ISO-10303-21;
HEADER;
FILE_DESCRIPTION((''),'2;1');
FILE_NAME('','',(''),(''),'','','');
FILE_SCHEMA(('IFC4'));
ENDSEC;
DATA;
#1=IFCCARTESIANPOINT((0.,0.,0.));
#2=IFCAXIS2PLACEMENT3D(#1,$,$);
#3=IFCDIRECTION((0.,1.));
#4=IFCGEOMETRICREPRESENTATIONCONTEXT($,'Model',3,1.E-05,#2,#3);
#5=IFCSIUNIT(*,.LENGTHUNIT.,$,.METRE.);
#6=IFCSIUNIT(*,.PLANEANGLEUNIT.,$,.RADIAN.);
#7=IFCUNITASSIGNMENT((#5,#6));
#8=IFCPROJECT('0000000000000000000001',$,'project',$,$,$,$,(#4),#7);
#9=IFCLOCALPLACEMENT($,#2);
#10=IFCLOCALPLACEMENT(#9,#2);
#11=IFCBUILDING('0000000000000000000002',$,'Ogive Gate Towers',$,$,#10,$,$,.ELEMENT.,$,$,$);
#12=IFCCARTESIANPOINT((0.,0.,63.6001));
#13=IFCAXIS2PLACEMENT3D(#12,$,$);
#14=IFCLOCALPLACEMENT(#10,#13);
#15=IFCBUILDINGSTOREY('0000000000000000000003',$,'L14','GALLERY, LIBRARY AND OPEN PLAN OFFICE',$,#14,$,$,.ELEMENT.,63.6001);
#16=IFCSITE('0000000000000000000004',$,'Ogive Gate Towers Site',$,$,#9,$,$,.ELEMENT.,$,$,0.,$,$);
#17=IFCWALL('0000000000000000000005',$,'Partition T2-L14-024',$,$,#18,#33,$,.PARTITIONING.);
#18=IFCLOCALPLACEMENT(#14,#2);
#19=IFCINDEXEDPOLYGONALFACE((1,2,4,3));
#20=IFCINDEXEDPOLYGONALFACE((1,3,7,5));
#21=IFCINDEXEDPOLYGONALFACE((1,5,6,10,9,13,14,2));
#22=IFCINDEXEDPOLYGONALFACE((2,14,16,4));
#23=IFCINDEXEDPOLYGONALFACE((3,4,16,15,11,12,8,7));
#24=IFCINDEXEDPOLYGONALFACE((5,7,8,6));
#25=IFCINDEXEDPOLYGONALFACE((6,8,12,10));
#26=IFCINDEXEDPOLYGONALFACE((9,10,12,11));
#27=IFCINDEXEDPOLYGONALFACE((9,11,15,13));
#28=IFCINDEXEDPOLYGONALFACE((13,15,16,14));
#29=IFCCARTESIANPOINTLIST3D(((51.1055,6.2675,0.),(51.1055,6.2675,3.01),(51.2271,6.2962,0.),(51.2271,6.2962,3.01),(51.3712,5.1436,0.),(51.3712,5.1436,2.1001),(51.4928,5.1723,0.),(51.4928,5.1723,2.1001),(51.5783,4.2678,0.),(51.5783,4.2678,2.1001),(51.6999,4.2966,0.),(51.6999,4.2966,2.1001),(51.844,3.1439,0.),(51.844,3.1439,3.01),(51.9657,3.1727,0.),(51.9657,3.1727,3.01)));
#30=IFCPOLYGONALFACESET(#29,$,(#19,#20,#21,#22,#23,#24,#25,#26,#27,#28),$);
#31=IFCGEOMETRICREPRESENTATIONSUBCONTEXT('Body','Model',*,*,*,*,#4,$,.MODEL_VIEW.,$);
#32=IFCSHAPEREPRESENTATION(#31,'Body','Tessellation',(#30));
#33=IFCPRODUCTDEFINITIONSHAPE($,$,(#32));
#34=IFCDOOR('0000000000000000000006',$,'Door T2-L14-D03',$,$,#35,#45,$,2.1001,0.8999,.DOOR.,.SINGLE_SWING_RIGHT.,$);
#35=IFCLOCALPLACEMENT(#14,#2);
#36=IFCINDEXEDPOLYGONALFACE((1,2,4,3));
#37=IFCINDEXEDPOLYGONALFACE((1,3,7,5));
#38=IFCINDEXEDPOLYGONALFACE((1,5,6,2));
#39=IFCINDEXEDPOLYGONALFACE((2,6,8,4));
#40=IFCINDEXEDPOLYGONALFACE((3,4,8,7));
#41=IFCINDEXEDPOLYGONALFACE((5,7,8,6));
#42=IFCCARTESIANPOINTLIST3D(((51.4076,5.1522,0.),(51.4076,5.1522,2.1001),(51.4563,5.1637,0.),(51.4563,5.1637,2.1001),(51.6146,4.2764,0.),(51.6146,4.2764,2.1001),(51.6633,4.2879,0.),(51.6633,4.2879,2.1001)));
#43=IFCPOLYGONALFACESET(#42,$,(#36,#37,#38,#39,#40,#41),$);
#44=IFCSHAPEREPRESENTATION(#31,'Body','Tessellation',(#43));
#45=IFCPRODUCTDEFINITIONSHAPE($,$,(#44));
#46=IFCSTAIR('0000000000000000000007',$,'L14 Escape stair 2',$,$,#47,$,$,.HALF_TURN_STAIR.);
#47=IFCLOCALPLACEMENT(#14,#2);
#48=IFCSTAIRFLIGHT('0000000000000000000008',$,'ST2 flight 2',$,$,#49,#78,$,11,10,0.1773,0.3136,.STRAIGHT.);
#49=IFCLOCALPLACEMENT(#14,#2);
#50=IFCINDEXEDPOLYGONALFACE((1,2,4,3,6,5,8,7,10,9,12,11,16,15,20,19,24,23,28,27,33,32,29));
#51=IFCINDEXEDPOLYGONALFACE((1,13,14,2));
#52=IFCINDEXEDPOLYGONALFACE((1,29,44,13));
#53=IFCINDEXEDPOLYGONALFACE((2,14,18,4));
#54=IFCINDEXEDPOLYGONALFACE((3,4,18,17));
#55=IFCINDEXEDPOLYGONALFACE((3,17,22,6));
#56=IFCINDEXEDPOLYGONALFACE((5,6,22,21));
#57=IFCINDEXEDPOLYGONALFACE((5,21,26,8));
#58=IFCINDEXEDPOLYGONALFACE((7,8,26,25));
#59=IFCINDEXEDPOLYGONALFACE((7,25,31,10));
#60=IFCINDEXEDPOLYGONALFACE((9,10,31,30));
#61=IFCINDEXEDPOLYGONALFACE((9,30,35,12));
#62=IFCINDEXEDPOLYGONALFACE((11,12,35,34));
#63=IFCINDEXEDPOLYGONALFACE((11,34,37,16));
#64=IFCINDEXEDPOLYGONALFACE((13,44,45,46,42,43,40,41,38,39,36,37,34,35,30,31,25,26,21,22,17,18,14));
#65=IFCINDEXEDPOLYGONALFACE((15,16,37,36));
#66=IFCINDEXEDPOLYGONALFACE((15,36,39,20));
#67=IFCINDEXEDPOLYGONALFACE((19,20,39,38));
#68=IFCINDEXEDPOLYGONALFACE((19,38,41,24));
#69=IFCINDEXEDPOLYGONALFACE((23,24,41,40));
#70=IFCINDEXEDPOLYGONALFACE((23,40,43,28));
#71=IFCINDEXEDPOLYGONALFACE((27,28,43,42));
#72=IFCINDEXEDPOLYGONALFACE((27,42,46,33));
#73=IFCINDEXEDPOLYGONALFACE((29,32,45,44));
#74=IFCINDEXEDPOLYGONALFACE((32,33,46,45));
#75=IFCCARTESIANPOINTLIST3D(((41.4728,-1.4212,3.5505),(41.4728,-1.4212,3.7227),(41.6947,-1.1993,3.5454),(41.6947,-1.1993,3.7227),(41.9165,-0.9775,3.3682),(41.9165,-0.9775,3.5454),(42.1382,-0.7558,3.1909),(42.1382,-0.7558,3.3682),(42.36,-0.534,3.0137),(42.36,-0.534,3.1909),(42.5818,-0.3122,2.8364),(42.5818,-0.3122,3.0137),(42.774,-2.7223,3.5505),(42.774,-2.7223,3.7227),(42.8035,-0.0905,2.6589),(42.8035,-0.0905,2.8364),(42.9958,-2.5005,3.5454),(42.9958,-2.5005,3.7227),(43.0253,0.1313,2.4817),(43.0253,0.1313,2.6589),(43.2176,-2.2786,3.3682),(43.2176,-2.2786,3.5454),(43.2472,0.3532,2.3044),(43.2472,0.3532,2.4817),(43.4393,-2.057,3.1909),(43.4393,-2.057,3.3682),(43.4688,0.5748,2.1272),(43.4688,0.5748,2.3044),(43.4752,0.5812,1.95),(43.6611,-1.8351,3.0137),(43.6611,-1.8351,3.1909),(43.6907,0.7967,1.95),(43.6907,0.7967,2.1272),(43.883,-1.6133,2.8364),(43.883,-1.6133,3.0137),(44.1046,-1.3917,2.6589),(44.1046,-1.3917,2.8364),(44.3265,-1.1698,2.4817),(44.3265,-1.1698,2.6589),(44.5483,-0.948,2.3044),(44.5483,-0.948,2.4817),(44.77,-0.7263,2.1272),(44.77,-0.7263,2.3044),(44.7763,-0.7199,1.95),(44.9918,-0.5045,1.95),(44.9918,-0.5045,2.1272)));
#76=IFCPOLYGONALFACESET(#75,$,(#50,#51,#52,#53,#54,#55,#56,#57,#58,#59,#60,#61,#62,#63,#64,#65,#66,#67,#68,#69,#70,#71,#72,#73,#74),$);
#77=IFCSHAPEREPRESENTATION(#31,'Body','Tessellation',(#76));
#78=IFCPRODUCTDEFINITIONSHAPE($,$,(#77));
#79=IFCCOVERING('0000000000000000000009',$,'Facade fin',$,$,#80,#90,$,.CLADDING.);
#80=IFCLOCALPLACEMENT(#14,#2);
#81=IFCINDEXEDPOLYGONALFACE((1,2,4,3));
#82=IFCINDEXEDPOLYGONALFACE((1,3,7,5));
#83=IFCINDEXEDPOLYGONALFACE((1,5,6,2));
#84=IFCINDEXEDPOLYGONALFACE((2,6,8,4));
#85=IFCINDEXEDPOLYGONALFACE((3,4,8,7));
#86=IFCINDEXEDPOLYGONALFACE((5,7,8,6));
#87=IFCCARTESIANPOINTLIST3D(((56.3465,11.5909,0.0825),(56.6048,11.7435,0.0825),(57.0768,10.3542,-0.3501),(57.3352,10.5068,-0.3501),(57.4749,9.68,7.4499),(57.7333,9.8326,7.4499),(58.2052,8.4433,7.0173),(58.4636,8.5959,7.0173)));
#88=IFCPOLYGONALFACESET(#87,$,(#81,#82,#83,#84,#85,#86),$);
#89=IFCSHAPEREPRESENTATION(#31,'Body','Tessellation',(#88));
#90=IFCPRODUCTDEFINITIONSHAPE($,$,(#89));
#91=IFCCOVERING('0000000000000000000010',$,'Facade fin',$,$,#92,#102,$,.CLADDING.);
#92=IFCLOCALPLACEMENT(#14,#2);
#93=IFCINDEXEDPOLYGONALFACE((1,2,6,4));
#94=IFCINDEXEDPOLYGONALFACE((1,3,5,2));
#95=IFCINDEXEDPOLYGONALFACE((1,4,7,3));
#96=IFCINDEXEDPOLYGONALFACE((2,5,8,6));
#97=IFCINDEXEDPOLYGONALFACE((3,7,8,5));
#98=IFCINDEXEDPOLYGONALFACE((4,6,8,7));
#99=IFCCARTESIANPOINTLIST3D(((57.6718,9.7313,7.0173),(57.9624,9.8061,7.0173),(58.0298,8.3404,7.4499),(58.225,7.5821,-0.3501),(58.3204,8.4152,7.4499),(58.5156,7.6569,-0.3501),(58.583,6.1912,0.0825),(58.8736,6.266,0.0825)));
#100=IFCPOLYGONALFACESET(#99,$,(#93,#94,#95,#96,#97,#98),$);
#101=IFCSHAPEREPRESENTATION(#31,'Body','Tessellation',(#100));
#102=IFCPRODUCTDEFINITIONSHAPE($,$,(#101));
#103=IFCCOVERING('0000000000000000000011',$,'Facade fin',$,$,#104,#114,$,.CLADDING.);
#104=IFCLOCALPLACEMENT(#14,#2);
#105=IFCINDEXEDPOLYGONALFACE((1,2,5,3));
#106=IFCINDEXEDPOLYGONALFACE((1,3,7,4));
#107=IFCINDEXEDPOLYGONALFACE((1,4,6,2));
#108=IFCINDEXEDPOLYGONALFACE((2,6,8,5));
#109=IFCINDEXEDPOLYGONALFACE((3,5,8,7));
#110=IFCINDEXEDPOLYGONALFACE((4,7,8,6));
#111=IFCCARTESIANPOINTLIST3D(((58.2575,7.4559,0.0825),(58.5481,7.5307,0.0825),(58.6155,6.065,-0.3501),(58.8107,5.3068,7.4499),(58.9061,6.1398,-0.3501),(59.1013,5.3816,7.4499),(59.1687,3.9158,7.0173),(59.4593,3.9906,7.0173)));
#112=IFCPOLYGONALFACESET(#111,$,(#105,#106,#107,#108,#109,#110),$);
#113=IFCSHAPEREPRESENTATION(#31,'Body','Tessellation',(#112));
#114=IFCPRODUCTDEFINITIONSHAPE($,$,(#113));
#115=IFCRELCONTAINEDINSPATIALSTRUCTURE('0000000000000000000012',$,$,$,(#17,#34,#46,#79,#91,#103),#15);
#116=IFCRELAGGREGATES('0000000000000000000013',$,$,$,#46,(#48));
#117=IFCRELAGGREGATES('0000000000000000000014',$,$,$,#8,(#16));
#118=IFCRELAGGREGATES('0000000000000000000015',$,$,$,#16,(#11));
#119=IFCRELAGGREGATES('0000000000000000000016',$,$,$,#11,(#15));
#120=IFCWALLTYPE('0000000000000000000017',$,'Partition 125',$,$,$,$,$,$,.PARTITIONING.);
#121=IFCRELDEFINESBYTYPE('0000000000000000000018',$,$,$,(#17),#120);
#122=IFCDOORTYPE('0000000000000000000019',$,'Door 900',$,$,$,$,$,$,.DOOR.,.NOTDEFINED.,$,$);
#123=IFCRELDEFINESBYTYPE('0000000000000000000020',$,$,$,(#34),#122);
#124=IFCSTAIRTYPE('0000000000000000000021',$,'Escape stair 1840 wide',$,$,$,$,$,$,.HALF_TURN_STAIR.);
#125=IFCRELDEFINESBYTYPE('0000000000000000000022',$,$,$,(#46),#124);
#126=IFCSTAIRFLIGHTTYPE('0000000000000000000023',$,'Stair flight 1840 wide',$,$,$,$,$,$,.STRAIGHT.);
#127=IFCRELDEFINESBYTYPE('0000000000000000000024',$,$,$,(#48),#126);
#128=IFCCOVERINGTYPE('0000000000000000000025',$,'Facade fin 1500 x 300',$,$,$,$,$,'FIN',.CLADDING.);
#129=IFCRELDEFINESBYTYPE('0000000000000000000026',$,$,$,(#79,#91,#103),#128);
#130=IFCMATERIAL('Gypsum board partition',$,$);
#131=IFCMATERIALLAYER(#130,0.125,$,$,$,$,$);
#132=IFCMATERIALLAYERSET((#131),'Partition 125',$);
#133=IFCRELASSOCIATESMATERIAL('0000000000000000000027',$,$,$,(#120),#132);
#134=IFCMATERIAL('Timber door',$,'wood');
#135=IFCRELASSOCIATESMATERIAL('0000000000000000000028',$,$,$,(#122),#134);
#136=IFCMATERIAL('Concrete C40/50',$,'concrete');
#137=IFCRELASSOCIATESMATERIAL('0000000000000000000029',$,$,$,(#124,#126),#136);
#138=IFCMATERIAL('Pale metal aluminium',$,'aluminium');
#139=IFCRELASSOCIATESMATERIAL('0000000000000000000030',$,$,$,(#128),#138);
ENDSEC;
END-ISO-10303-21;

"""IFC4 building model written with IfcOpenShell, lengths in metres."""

from ifc_helpers import new_model, si_unit, direction, frame, frame_2d, origin, origin_2d, place, context, subcontext, project, spatial, polyline, rectangle, outline, extrude, material, layer, layer_set, material_profile, profile_set, type_object, element, fill, aggregate, save


model = new_model("IFC4")

# Units and contexts
model_context = context("Model", 3, precision=1e-05, world=origin(), true_north=direction((0.0, 1.0)))
body_context = subcontext(model_context, "Body", "Model", "MODEL_VIEW")
ifc_project = project(units=[si_unit("LENGTHUNIT", "METRE"), si_unit("PLANEANGLEUNIT", "RADIAN")], contexts=[model_context])

# Site, building, storey
site_placement = place(None, origin())
site = spatial("IfcSite", under=ifc_project, at=site_placement, Name="Ogive Gate Towers Site", CompositionType="ELEMENT", RefElevation=0.0)
building_placement = place(site_placement, origin())
building = spatial("IfcBuilding", under=site, at=building_placement, Name="Ogive Gate Towers", CompositionType="ELEMENT")
storey_placement = place(building_placement, frame((0.0, 0.0, 63.6001)))
storey = spatial("IfcBuildingStorey", under=building, at=storey_placement, Name="L14", Description="GALLERY, LIBRARY AND OPEN PLAN OFFICE", CompositionType="ELEMENT", Elevation=63.6001)

# Shared definitions
ifc_material_1 = material(Name="Concrete C40/50", Category="concrete")

# Shared definitions
ifc_material_2 = material(Name="Pale metal aluminium", Category="aluminium")

# Wall, opening, door
ifc_material_3 = material(Name="Timber door", Category="wood")
ifc_material_4 = material(Name="Gypsum board partition")
ifc_layer_1 = layer(ifc_material_4, 0.125)
ifc_layer_set_1 = layer_set([ifc_layer_1], Name="Partition 125")
wall_type_1 = type_object("IfcWallType", Name="Partition 125", PredefinedType="PARTITIONING", material=ifc_layer_set_1)
wall_1_placement = place(storey_placement, frame((51.1663, 6.282, 0.0), z_axis=(0.0, 0.0, 1.0), x_axis=(0.230095, -0.973168, 0.0)))
wall_1 = element("IfcWall", 1, at=wall_1_placement, inside=storey, type_object=wall_type_1, Name="Partition T2-L14-024", PredefinedType="PARTITIONING", context=body_context, shape_type="SweptSolid", body=[
    extrude(rectangle(XDim=3.2097, YDim=0.125, at=frame_2d((1.605, 0.0))), origin(), (0.0, 0.0, 1.0), 3.01),
])
opening_1_placement = place(wall_1_placement, frame((1.155, 0.0, 0.0)))
opening_1 = element("IfcOpeningElement", 2, at=opening_1_placement, cuts=wall_1, PredefinedType="OPENING", context=body_context, shape_type="SweptSolid", body=[
    extrude(rectangle(XDim=0.8999, YDim=2.1001, at=frame_2d((0.45, 1.05))), frame((0.0, 0.0725, 0.0), z_axis=(0.0, -1.0, 0.0), x_axis=(1.0, 0.0, 0.0)), (0.0, 0.0, 1.0), 0.145),
])
door_type_1 = type_object("IfcDoorType", Name="Door 900", OperationType="NOTDEFINED", PredefinedType="DOOR", material=ifc_material_3)
door_1_placement = place(opening_1_placement, origin())
door_1 = element("IfcDoor", 3, at=door_1_placement, inside=storey, type_object=door_type_1, Name="Door T2-L14-D03", OperationType="SINGLE_SWING_RIGHT", OverallHeight=2.1001, OverallWidth=0.8999, PredefinedType="DOOR", context=body_context, shape_type="SweptSolid", body=[
    extrude(rectangle(XDim=0.8999, YDim=2.1001, at=frame_2d((0.45, 1.05))), frame((0.0, 0.0249, 0.0), z_axis=(0.0, -1.0, 0.0), x_axis=(1.0, 0.0, 0.0)), (0.0, 0.0, 1.0), 0.05),
])
fill(opening_1, door_1)

# Stair, stair flight
stair_type = type_object("IfcStairType", Name="Escape stair 1840 wide", PredefinedType="HALF_TURN_STAIR", material=ifc_material_1)
stair_placement = place(storey_placement, origin())
stair = element("IfcStair", 4, at=stair_placement, inside=storey, type_object=stair_type, Name="L14 Escape stair 2", PredefinedType="HALF_TURN_STAIR")
stair_flight_type = type_object("IfcStairFlightType", Name="Stair flight 1840 wide", PredefinedType="STRAIGHT", material=ifc_material_1)
stair_flight_placement = place(storey_placement, frame((44.3413, 0.146, 1.95), z_axis=(0.0, 0.0, 1.0), x_axis=(-0.707107, -0.707107, 0.0)))
stair_flight = element("IfcStairFlight", 5, at=stair_flight_placement, type_object=stair_flight_type, Name="ST2 flight 2", NumberOfRisers=11, NumberOfTreads=10, PredefinedType="STRAIGHT", RiserHeight=0.1773, TreadLength=0.3136, context=body_context, shape_type="SweptSolid", body=[
    extrude(outline(polyline([(0.0, 0.0), (0.0, 0.1772), (0.3137, 0.1772), (0.3137, 0.3545), (0.6272, 0.3545), (0.6272, 0.5317), (0.9409, 0.5317), (0.9409, 0.709), (1.2546, 0.709), (1.2546, 0.8865), (1.5681, 0.8865), (1.5681, 1.0637), (1.8818, 1.0637), (1.8818, 1.241), (2.1956, 1.241), (2.1956, 1.4182), (2.509, 1.4182), (2.509, 1.5955), (2.8228, 1.5955), (2.8228, 1.7727), (3.1365, 1.7727), (3.1365, 1.95), (3.1365, 1.6006), (0.3047, 0.0), (0.0, 0.0)])), frame((0.0, 0.9199, 0.0), z_axis=(0.0, -1.0, 0.0), x_axis=(1.0, 0.0, 0.0)), (0.0, 0.0, 1.0), 1.8401),
])
aggregate(stair, [stair_flight])

# Coverings
ifc_material_profile_1 = material_profile(ifc_material_2, rectangle(XDim=0.3, YDim=1.5, at=origin_2d()), Name="1500 x 300 pale metal aluminium")
ifc_profile_set_1 = profile_set([ifc_material_profile_1], Name="Pale metal aluminium")
covering_type = type_object("IfcCoveringType", Name="Facade fin 1500 x 300", ElementType="FIN", PredefinedType="CLADDING", material=ifc_profile_set_1)
for number, where, z_axis, x_axis, name in (
    (6, (56.8408, 11.0488, -0.1338), (0.146654, -0.248348, 0.957505), (0.861073, 0.508481, 0.0), "Facade fin"),
    (7, (58.5493, 6.9241, -0.1338), (-0.071899, 0.279316, 0.957504), (-0.96843, -0.249286, 0.0), "Facade fin"),
    (8, (58.5818, 6.7979, -0.1338), (0.071899, -0.279316, 0.957504), (0.96843, 0.249286, 0.0), "Facade fin"),
):
    element("IfcCovering", number, at=place(storey_placement, frame(where, z_axis=z_axis, x_axis=x_axis)), inside=storey, type_object=covering_type, Name=name, PredefinedType="CLADDING", context=body_context, shape_type="SweptSolid", body=[
        extrude(rectangle(XDim=0.3, YDim=1.5, at=origin_2d()), origin(), (0.0, 0.0, 1.0), 7.6943),
    ])

save(model, "model.ifc")
